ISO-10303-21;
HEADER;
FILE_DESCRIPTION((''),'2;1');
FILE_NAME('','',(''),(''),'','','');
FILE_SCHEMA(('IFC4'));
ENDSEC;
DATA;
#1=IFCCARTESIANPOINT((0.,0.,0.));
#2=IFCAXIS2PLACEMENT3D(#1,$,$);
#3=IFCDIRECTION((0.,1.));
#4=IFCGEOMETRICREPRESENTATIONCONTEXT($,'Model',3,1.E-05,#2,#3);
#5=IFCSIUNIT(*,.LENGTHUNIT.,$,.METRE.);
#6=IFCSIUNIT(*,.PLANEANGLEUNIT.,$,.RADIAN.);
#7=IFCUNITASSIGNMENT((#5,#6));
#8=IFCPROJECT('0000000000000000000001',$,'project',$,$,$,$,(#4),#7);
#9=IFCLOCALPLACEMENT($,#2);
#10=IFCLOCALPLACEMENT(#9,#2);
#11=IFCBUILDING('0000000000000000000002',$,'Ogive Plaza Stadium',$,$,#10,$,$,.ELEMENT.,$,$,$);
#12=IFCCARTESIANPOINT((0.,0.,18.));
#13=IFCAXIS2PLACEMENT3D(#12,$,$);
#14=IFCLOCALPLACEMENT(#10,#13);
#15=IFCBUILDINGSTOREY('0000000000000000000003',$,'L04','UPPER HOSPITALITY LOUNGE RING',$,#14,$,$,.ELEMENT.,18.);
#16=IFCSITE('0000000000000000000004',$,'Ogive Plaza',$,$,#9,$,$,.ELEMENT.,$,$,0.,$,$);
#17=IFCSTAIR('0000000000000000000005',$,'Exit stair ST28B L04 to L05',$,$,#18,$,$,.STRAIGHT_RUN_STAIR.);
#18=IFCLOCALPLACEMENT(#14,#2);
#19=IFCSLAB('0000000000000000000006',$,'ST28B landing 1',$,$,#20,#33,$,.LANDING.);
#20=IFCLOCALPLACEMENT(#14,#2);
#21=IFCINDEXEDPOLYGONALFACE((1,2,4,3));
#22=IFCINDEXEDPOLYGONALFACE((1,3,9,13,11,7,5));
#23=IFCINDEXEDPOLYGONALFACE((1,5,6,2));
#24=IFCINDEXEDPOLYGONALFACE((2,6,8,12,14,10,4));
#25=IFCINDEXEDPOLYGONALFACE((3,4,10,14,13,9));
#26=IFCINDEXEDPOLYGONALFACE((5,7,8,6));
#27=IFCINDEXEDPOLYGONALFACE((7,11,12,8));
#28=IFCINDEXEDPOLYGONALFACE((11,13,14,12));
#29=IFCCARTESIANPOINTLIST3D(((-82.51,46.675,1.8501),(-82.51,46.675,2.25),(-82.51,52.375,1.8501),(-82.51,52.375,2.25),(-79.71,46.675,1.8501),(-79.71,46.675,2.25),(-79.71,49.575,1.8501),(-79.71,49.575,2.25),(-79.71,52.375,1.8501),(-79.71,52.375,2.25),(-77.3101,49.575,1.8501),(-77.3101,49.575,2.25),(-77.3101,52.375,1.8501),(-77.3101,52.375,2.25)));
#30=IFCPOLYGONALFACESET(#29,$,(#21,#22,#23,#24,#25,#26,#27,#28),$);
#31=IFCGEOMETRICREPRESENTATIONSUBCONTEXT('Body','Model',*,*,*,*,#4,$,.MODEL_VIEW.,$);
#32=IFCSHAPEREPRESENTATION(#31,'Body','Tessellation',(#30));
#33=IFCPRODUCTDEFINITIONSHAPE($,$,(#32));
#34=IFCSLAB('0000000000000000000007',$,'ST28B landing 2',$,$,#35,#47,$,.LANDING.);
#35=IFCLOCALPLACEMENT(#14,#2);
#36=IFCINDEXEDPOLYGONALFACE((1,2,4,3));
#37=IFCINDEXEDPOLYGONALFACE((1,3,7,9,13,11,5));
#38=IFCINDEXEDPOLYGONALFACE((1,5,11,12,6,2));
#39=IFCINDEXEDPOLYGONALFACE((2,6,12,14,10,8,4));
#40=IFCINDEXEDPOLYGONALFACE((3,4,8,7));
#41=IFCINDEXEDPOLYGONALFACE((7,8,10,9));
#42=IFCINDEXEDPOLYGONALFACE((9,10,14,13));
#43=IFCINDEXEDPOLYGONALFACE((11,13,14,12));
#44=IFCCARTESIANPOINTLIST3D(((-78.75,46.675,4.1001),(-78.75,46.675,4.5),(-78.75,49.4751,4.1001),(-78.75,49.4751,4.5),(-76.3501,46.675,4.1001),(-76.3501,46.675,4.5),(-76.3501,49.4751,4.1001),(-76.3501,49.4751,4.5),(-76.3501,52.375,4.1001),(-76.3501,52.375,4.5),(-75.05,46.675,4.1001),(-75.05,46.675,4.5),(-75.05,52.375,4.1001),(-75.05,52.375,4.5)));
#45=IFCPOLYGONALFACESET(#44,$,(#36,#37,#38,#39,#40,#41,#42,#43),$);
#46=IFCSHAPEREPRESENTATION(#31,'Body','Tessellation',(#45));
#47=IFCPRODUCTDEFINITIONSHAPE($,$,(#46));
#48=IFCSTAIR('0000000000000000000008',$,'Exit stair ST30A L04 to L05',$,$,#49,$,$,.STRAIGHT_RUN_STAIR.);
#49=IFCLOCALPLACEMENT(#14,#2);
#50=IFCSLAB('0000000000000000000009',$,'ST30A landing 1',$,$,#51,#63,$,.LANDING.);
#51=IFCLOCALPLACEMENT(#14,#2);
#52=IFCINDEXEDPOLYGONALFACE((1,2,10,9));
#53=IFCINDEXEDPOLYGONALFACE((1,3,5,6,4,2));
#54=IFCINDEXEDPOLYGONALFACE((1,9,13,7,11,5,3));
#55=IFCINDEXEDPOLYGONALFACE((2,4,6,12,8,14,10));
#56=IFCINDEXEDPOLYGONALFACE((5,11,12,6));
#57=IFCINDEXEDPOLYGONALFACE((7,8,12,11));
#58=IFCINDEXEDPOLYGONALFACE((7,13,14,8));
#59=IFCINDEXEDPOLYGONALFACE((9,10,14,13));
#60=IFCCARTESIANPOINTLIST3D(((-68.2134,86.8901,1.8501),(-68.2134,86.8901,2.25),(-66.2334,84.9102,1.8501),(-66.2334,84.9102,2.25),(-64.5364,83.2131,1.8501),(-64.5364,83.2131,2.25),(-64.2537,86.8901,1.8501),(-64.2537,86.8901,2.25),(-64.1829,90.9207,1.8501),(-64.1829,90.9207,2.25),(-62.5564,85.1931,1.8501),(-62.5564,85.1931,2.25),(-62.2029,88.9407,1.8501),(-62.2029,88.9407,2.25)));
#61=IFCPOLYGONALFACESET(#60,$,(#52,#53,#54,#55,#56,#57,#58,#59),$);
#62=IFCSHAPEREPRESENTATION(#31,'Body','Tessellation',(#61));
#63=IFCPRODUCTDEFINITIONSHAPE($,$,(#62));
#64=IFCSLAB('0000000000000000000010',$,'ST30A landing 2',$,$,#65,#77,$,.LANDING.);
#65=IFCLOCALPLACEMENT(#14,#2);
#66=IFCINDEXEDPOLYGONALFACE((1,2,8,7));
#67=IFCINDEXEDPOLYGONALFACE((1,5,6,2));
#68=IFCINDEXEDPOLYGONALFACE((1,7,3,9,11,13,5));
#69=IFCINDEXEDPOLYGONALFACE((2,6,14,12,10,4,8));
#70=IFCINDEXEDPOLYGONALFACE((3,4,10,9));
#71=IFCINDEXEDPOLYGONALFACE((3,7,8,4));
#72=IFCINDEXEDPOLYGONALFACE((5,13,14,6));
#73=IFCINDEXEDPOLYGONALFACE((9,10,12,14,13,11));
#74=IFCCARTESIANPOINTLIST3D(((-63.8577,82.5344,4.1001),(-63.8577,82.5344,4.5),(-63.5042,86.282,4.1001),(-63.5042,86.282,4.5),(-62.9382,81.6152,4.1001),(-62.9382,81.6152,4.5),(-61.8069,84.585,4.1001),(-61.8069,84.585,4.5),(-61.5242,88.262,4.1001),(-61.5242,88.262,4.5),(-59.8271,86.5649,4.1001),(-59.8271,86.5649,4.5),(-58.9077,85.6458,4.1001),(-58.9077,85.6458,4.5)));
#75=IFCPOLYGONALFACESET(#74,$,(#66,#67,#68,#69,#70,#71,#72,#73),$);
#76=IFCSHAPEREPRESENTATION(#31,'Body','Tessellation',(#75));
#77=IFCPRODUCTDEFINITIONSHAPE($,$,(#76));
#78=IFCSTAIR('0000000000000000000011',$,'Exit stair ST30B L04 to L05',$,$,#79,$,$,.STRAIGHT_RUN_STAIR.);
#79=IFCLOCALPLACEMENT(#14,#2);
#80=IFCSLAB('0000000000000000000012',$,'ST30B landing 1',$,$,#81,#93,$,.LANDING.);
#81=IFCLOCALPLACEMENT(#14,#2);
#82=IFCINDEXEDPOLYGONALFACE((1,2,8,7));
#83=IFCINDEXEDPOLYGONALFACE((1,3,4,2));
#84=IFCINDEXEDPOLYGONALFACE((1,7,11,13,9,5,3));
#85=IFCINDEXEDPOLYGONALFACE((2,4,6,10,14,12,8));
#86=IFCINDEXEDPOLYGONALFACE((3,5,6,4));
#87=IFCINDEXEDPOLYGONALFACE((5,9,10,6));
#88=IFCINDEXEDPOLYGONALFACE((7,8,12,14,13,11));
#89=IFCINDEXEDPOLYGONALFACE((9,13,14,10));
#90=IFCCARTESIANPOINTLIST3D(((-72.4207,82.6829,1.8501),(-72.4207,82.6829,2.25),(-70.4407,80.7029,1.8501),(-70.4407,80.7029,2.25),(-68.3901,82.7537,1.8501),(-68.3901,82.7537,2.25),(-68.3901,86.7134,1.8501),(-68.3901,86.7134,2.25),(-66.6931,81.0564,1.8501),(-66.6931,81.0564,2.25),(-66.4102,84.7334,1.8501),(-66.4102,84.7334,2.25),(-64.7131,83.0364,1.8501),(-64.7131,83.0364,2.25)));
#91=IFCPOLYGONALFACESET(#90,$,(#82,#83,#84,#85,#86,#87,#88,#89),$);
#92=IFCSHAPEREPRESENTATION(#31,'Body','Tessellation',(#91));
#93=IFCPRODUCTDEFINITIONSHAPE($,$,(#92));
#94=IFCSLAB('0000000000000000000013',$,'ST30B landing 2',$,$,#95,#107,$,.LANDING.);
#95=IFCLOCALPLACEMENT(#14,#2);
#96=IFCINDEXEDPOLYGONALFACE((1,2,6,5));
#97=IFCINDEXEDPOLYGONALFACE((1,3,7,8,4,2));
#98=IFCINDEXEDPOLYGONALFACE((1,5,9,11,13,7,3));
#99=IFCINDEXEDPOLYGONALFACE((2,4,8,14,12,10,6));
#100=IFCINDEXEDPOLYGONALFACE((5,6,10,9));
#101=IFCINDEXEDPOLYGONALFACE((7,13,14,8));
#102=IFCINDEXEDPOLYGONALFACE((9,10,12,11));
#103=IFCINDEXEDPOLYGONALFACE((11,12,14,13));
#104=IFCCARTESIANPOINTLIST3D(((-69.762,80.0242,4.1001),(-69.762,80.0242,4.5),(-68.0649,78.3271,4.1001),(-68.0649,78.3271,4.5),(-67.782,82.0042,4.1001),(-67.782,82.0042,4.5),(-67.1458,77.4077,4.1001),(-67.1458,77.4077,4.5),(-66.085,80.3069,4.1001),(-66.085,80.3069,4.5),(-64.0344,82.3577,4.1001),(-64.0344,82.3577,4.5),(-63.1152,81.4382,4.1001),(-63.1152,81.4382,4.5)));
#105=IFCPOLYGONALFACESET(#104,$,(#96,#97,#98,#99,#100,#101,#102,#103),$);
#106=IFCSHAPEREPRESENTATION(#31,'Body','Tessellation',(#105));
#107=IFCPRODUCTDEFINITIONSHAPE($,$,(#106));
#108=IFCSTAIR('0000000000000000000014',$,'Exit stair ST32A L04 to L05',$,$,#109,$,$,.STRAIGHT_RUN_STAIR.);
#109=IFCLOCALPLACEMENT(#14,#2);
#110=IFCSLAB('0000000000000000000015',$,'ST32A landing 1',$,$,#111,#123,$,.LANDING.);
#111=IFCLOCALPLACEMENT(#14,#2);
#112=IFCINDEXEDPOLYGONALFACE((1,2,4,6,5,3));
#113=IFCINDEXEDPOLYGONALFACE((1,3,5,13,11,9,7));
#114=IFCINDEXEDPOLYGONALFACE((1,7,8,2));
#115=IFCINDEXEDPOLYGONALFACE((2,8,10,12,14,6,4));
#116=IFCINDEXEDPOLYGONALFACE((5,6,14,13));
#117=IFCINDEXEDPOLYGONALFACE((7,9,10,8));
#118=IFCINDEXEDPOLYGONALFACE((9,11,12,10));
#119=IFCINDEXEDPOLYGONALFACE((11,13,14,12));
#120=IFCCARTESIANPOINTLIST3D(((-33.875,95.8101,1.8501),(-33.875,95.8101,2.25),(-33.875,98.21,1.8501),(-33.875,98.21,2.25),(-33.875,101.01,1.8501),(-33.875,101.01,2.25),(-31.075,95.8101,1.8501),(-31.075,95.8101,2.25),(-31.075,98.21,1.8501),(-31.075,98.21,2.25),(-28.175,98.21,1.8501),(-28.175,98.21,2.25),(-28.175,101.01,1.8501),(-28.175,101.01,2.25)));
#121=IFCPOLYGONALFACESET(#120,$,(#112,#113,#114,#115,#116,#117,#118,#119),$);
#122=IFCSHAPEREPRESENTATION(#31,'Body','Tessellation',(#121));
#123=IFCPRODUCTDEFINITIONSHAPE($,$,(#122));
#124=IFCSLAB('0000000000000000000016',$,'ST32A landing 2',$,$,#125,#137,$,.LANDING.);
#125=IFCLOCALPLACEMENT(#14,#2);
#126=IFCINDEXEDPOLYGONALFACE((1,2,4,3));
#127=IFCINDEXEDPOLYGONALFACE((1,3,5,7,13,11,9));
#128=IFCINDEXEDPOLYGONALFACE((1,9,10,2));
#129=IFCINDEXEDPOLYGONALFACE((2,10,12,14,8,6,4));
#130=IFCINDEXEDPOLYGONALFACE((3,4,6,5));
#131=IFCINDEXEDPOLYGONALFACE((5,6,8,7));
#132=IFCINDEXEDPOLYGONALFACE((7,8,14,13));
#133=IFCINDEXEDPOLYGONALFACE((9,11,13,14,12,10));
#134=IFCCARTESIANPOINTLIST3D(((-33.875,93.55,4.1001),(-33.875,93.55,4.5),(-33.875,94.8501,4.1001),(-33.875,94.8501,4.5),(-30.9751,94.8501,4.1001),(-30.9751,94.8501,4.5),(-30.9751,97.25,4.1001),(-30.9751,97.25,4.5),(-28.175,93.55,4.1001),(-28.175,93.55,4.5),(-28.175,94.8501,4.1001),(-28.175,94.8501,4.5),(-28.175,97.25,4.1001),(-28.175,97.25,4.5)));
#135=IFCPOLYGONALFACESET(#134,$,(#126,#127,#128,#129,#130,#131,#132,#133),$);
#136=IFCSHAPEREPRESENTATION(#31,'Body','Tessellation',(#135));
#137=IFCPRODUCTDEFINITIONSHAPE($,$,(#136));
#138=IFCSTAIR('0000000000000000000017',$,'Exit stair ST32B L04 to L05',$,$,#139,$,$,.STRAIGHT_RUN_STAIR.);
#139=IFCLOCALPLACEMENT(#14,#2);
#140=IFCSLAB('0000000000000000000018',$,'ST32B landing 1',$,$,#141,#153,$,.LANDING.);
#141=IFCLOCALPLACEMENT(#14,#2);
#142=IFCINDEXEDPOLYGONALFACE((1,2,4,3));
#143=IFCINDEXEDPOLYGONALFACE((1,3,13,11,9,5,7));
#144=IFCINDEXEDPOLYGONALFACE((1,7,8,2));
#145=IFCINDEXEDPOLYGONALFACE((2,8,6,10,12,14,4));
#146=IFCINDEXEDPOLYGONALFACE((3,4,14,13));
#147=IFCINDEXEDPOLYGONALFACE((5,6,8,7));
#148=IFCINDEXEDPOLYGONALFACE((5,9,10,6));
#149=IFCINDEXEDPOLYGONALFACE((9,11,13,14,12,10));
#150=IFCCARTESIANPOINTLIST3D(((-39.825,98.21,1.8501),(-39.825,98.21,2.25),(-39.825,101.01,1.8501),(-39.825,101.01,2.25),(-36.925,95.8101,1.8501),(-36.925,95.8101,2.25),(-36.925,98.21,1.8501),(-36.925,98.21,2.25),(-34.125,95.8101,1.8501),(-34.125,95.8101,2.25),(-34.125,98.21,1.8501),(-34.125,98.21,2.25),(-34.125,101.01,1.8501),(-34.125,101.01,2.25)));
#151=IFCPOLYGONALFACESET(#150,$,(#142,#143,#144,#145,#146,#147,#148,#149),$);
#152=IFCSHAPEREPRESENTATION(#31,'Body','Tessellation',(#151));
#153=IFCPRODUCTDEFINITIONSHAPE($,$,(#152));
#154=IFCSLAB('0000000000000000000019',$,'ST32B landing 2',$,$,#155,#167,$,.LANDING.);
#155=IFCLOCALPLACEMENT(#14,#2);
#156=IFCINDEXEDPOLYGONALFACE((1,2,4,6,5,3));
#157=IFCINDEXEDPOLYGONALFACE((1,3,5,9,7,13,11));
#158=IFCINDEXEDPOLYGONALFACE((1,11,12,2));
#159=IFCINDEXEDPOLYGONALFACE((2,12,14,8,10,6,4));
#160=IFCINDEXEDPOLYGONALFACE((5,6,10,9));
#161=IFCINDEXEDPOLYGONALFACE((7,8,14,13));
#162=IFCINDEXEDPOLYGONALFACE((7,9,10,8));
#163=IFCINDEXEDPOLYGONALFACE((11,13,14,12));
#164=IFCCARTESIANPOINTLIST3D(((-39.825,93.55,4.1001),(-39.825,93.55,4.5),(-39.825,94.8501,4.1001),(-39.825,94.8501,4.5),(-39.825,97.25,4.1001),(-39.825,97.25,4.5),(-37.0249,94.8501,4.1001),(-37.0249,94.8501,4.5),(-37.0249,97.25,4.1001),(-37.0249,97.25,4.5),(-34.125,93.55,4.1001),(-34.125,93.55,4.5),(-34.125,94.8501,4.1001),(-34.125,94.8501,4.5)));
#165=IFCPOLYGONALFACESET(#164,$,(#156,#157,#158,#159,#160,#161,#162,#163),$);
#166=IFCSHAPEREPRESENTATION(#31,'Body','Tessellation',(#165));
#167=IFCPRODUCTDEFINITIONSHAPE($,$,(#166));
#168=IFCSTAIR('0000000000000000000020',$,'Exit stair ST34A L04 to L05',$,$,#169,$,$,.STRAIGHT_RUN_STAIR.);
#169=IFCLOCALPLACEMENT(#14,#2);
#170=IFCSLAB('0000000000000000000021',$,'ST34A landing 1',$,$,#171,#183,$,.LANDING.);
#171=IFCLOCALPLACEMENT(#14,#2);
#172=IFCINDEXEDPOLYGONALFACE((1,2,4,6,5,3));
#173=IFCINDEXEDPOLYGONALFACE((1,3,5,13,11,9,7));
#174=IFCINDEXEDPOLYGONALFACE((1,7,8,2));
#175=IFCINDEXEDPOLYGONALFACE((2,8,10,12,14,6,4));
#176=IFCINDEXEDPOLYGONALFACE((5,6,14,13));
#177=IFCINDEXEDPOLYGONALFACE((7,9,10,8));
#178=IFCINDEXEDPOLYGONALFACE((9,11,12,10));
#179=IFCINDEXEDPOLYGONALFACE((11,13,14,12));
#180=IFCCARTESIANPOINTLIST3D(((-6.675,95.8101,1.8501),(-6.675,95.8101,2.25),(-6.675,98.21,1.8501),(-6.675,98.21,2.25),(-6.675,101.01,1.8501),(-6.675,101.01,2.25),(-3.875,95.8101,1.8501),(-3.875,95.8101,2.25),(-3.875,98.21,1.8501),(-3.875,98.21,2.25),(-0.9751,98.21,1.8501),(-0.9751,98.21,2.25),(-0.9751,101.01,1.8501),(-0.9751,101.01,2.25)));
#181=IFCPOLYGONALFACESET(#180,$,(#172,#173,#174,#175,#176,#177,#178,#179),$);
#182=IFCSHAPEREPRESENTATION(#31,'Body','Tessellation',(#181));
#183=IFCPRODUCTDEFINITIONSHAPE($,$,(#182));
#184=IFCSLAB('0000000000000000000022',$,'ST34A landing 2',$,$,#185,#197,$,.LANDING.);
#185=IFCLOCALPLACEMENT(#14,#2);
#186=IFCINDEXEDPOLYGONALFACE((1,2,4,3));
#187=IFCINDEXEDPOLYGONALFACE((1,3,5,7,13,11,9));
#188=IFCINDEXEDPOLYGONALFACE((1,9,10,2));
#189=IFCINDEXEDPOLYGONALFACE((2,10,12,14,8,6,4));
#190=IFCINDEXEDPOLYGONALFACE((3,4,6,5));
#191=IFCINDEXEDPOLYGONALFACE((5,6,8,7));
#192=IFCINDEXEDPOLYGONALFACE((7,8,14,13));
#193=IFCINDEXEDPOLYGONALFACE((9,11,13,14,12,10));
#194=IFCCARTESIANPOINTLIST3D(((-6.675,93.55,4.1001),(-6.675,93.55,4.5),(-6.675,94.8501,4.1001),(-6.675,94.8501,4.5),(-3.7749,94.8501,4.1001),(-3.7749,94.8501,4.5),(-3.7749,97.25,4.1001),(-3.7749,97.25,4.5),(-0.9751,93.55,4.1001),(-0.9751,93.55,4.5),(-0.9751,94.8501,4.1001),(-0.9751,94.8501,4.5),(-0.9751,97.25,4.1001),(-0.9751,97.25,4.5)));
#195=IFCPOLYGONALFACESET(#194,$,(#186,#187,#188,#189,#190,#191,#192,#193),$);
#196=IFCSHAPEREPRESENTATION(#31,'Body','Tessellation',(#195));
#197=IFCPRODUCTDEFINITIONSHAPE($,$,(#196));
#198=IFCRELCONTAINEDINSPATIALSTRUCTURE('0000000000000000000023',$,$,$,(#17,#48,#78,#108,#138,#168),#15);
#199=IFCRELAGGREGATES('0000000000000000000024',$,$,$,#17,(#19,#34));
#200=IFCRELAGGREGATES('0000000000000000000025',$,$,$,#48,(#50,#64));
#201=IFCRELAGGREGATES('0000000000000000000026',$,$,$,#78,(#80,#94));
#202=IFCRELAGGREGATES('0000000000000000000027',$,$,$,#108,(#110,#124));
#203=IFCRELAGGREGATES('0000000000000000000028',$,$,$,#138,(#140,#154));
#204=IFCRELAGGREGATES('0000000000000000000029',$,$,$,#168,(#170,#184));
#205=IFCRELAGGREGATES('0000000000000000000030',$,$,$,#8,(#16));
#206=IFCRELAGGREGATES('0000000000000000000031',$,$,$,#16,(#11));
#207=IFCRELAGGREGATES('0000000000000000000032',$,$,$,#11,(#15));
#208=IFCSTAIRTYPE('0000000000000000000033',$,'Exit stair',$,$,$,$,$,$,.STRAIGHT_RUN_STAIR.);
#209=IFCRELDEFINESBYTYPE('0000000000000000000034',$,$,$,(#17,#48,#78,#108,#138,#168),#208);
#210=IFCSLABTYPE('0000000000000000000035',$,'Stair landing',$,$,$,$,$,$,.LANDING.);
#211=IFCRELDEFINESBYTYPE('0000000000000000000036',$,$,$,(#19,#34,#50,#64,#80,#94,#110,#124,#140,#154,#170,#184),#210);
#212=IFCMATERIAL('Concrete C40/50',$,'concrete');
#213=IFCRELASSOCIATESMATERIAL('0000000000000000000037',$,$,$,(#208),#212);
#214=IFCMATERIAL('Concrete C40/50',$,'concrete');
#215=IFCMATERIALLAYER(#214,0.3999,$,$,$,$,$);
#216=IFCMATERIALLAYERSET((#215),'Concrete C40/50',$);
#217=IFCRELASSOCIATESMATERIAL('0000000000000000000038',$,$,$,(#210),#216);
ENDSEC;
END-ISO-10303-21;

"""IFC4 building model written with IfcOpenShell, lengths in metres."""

from ifc_helpers import new_model, si_unit, direction, frame, origin, place, context, subcontext, project, spatial, polyline, outline, extrude, material, layer, layer_set, type_object, element, aggregate, save


model = new_model("IFC4")

# Units and contexts
model_context = context("Model", 3, precision=1e-05, world=origin(), true_north=direction((0.0, 1.0)))
body_context = subcontext(model_context, "Body", "Model", "MODEL_VIEW")
ifc_project = project(units=[si_unit("LENGTHUNIT", "METRE"), si_unit("PLANEANGLEUNIT", "RADIAN")], contexts=[model_context])

# Site, building, storey
site_placement = place(None, origin())
site = spatial("IfcSite", under=ifc_project, at=site_placement, Name="Ogive Plaza", CompositionType="ELEMENT", RefElevation=0.0)
building_placement = place(site_placement, origin())
building = spatial("IfcBuilding", under=site, at=building_placement, Name="Ogive Plaza Stadium", CompositionType="ELEMENT")
storey_placement = place(building_placement, frame((0.0, 0.0, 18.0)))
storey = spatial("IfcBuildingStorey", under=building, at=storey_placement, Name="L04", Description="UPPER HOSPITALITY LOUNGE RING", CompositionType="ELEMENT", Elevation=18.0)

# Stairs, slabs
ifc_material_1 = material(Name="Concrete C40/50", Category="concrete")
stair_type = type_object("IfcStairType", Name="Exit stair", PredefinedType="STRAIGHT_RUN_STAIR", material=ifc_material_1)
ifc_material_2 = material(Name="Concrete C40/50", Category="concrete")
ifc_layer = layer(ifc_material_2, 0.3999)
ifc_layer_set = layer_set([ifc_layer], Name="Concrete C40/50")
slab_type = type_object("IfcSlabType", Name="Stair landing", PredefinedType="LANDING", material=ifc_layer_set)
stair_1_placement = place(storey_placement, origin())
stair_1 = element("IfcStair", 1, at=stair_1_placement, inside=storey, type_object=stair_type, Name="Exit stair ST28B L04 to L05", PredefinedType="STRAIGHT_RUN_STAIR")
slab_1_placement = place(storey_placement, frame((0.0, 0.0, 1.8501)))
slab_1 = element("IfcSlab", 2, at=slab_1_placement, type_object=slab_type, Name="ST28B landing 1", PredefinedType="LANDING", context=body_context, shape_type="SweptSolid", body=[
    extrude(outline(polyline([(-77.3101, 52.375), (-77.3101, 49.575), (-79.71, 49.575), (-79.71, 46.675), (-82.51, 46.675), (-82.51, 52.375), (-79.71, 52.375), (-77.3101, 52.375)])), origin(), (0.0, 0.0, 1.0), 0.3999),
])
slab_2_placement = place(storey_placement, frame((0.0, 0.0, 4.1001)))
slab_2 = element("IfcSlab", 3, at=slab_2_placement, type_object=slab_type, Name="ST28B landing 2", PredefinedType="LANDING", context=body_context, shape_type="SweptSolid", body=[
    extrude(outline(polyline([(-76.3501, 52.375), (-75.05, 52.375), (-75.05, 46.675), (-76.3501, 46.675), (-78.75, 46.675), (-78.75, 49.4751), (-76.3501, 49.4751), (-76.3501, 52.375)])), origin(), (0.0, 0.0, 1.0), 0.3999),
])
aggregate(stair_1, [slab_1, slab_2])
stair_2_placement = place(storey_placement, origin())
stair_2 = element("IfcStair", 4, at=stair_2_placement, inside=storey, type_object=stair_type, Name="Exit stair ST30A L04 to L05", PredefinedType="STRAIGHT_RUN_STAIR")
slab_3_placement = place(storey_placement, frame((0.0, 0.0, 1.8501)))
slab_3 = element("IfcSlab", 5, at=slab_3_placement, type_object=slab_type, Name="ST30A landing 1", PredefinedType="LANDING", context=body_context, shape_type="SweptSolid", body=[
    extrude(outline(polyline([(-68.2134, 86.8901), (-64.1829, 90.9207), (-62.2029, 88.9407), (-64.2537, 86.8901), (-62.5564, 85.1931), (-64.5364, 83.2131), (-66.2334, 84.9102), (-68.2134, 86.8901)])), origin(), (0.0, 0.0, 1.0), 0.3999),
])
slab_4_placement = place(storey_placement, frame((0.0, 0.0, 4.1001)))
slab_4 = element("IfcSlab", 6, at=slab_4_placement, type_object=slab_type, Name="ST30A landing 2", PredefinedType="LANDING", context=body_context, shape_type="SweptSolid", body=[
    extrude(outline(polyline([(-63.5042, 86.282), (-61.5242, 88.262), (-59.8271, 86.5649), (-58.9077, 85.6458), (-62.9382, 81.6152), (-63.8577, 82.5344), (-61.8069, 84.585), (-63.5042, 86.282)])), origin(), (0.0, 0.0, 1.0), 0.3999),
])
aggregate(stair_2, [slab_3, slab_4])
stair_3_placement = place(storey_placement, origin())
stair_3 = element("IfcStair", 7, at=stair_3_placement, inside=storey, type_object=stair_type, Name="Exit stair ST30B L04 to L05", PredefinedType="STRAIGHT_RUN_STAIR")
slab_5_placement = place(storey_placement, frame((0.0, 0.0, 1.8501)))
slab_5 = element("IfcSlab", 8, at=slab_5_placement, type_object=slab_type, Name="ST30B landing 1", PredefinedType="LANDING", context=body_context, shape_type="SweptSolid", body=[
    extrude(outline(polyline([(-64.7131, 83.0364), (-66.6931, 81.0564), (-68.3901, 82.7537), (-70.4407, 80.7029), (-72.4207, 82.6829), (-68.3901, 86.7134), (-66.4102, 84.7334), (-64.7131, 83.0364)])), origin(), (0.0, 0.0, 1.0), 0.3999),
])
slab_6_placement = place(storey_placement, frame((0.0, 0.0, 4.1001)))
slab_6 = element("IfcSlab", 9, at=slab_6_placement, type_object=slab_type, Name="ST30B landing 2", PredefinedType="LANDING", context=body_context, shape_type="SweptSolid", body=[
    extrude(outline(polyline([(-64.0344, 82.3577), (-63.1152, 81.4382), (-67.1458, 77.4077), (-68.0649, 78.3271), (-69.762, 80.0242), (-67.782, 82.0042), (-66.085, 80.3069), (-64.0344, 82.3577)])), origin(), (0.0, 0.0, 1.0), 0.3999),
])
aggregate(stair_3, [slab_5, slab_6])
stair_4_placement = place(storey_placement, origin())
stair_4 = element("IfcStair", 10, at=stair_4_placement, inside=storey, type_object=stair_type, Name="Exit stair ST32A L04 to L05", PredefinedType="STRAIGHT_RUN_STAIR")
slab_7_placement = place(storey_placement, frame((0.0, 0.0, 1.8501)))
slab_7 = element("IfcSlab", 11, at=slab_7_placement, type_object=slab_type, Name="ST32A landing 1", PredefinedType="LANDING", context=body_context, shape_type="SweptSolid", body=[
    extrude(outline(polyline([(-33.875, 101.01), (-28.175, 101.01), (-28.175, 98.21), (-31.075, 98.21), (-31.075, 95.8101), (-33.875, 95.8101), (-33.875, 98.21), (-33.875, 101.01)])), origin(), (0.0, 0.0, 1.0), 0.3999),
])
slab_8_placement = place(storey_placement, frame((0.0, 0.0, 4.1001)))
slab_8 = element("IfcSlab", 12, at=slab_8_placement, type_object=slab_type, Name="ST32A landing 2", PredefinedType="LANDING", context=body_context, shape_type="SweptSolid", body=[
    extrude(outline(polyline([(-30.9751, 97.25), (-28.175, 97.25), (-28.175, 94.8501), (-28.175, 93.55), (-33.875, 93.55), (-33.875, 94.8501), (-30.9751, 94.8501), (-30.9751, 97.25)])), origin(), (0.0, 0.0, 1.0), 0.3999),
])
aggregate(stair_4, [slab_7, slab_8])
stair_5_placement = place(storey_placement, origin())
stair_5 = element("IfcStair", 13, at=stair_5_placement, inside=storey, type_object=stair_type, Name="Exit stair ST32B L04 to L05", PredefinedType="STRAIGHT_RUN_STAIR")
slab_9_placement = place(storey_placement, frame((0.0, 0.0, 1.8501)))
slab_9 = element("IfcSlab", 14, at=slab_9_placement, type_object=slab_type, Name="ST32B landing 1", PredefinedType="LANDING", context=body_context, shape_type="SweptSolid", body=[
    extrude(outline(polyline([(-34.125, 95.8101), (-36.925, 95.8101), (-36.925, 98.21), (-39.825, 98.21), (-39.825, 101.01), (-34.125, 101.01), (-34.125, 98.21), (-34.125, 95.8101)])), origin(), (0.0, 0.0, 1.0), 0.3999),
])
slab_10_placement = place(storey_placement, frame((0.0, 0.0, 4.1001)))
slab_10 = element("IfcSlab", 15, at=slab_10_placement, type_object=slab_type, Name="ST32B landing 2", PredefinedType="LANDING", context=body_context, shape_type="SweptSolid", body=[
    extrude(outline(polyline([(-34.125, 94.8501), (-34.125, 93.55), (-39.825, 93.55), (-39.825, 94.8501), (-39.825, 97.25), (-37.0249, 97.25), (-37.0249, 94.8501), (-34.125, 94.8501)])), origin(), (0.0, 0.0, 1.0), 0.3999),
])
aggregate(stair_5, [slab_9, slab_10])
stair_6_placement = place(storey_placement, origin())
stair_6 = element("IfcStair", 16, at=stair_6_placement, inside=storey, type_object=stair_type, Name="Exit stair ST34A L04 to L05", PredefinedType="STRAIGHT_RUN_STAIR")
slab_11_placement = place(storey_placement, frame((0.0, 0.0, 1.8501)))
slab_11 = element("IfcSlab", 17, at=slab_11_placement, type_object=slab_type, Name="ST34A landing 1", PredefinedType="LANDING", context=body_context, shape_type="SweptSolid", body=[
    extrude(outline(polyline([(-6.675, 101.01), (-0.9751, 101.01), (-0.9751, 98.21), (-3.875, 98.21), (-3.875, 95.8101), (-6.675, 95.8101), (-6.675, 98.21), (-6.675, 101.01)])), origin(), (0.0, 0.0, 1.0), 0.3999),
])
slab_12_placement = place(storey_placement, frame((0.0, 0.0, 4.1001)))
slab_12 = element("IfcSlab", 18, at=slab_12_placement, type_object=slab_type, Name="ST34A landing 2", PredefinedType="LANDING", context=body_context, shape_type="SweptSolid", body=[
    extrude(outline(polyline([(-3.7749, 97.25), (-0.9751, 97.25), (-0.9751, 94.8501), (-0.9751, 93.55), (-6.675, 93.55), (-6.675, 94.8501), (-3.7749, 94.8501), (-3.7749, 97.25)])), origin(), (0.0, 0.0, 1.0), 0.3999),
])
aggregate(stair_6, [slab_11, slab_12])

save(model, "model.ifc")
